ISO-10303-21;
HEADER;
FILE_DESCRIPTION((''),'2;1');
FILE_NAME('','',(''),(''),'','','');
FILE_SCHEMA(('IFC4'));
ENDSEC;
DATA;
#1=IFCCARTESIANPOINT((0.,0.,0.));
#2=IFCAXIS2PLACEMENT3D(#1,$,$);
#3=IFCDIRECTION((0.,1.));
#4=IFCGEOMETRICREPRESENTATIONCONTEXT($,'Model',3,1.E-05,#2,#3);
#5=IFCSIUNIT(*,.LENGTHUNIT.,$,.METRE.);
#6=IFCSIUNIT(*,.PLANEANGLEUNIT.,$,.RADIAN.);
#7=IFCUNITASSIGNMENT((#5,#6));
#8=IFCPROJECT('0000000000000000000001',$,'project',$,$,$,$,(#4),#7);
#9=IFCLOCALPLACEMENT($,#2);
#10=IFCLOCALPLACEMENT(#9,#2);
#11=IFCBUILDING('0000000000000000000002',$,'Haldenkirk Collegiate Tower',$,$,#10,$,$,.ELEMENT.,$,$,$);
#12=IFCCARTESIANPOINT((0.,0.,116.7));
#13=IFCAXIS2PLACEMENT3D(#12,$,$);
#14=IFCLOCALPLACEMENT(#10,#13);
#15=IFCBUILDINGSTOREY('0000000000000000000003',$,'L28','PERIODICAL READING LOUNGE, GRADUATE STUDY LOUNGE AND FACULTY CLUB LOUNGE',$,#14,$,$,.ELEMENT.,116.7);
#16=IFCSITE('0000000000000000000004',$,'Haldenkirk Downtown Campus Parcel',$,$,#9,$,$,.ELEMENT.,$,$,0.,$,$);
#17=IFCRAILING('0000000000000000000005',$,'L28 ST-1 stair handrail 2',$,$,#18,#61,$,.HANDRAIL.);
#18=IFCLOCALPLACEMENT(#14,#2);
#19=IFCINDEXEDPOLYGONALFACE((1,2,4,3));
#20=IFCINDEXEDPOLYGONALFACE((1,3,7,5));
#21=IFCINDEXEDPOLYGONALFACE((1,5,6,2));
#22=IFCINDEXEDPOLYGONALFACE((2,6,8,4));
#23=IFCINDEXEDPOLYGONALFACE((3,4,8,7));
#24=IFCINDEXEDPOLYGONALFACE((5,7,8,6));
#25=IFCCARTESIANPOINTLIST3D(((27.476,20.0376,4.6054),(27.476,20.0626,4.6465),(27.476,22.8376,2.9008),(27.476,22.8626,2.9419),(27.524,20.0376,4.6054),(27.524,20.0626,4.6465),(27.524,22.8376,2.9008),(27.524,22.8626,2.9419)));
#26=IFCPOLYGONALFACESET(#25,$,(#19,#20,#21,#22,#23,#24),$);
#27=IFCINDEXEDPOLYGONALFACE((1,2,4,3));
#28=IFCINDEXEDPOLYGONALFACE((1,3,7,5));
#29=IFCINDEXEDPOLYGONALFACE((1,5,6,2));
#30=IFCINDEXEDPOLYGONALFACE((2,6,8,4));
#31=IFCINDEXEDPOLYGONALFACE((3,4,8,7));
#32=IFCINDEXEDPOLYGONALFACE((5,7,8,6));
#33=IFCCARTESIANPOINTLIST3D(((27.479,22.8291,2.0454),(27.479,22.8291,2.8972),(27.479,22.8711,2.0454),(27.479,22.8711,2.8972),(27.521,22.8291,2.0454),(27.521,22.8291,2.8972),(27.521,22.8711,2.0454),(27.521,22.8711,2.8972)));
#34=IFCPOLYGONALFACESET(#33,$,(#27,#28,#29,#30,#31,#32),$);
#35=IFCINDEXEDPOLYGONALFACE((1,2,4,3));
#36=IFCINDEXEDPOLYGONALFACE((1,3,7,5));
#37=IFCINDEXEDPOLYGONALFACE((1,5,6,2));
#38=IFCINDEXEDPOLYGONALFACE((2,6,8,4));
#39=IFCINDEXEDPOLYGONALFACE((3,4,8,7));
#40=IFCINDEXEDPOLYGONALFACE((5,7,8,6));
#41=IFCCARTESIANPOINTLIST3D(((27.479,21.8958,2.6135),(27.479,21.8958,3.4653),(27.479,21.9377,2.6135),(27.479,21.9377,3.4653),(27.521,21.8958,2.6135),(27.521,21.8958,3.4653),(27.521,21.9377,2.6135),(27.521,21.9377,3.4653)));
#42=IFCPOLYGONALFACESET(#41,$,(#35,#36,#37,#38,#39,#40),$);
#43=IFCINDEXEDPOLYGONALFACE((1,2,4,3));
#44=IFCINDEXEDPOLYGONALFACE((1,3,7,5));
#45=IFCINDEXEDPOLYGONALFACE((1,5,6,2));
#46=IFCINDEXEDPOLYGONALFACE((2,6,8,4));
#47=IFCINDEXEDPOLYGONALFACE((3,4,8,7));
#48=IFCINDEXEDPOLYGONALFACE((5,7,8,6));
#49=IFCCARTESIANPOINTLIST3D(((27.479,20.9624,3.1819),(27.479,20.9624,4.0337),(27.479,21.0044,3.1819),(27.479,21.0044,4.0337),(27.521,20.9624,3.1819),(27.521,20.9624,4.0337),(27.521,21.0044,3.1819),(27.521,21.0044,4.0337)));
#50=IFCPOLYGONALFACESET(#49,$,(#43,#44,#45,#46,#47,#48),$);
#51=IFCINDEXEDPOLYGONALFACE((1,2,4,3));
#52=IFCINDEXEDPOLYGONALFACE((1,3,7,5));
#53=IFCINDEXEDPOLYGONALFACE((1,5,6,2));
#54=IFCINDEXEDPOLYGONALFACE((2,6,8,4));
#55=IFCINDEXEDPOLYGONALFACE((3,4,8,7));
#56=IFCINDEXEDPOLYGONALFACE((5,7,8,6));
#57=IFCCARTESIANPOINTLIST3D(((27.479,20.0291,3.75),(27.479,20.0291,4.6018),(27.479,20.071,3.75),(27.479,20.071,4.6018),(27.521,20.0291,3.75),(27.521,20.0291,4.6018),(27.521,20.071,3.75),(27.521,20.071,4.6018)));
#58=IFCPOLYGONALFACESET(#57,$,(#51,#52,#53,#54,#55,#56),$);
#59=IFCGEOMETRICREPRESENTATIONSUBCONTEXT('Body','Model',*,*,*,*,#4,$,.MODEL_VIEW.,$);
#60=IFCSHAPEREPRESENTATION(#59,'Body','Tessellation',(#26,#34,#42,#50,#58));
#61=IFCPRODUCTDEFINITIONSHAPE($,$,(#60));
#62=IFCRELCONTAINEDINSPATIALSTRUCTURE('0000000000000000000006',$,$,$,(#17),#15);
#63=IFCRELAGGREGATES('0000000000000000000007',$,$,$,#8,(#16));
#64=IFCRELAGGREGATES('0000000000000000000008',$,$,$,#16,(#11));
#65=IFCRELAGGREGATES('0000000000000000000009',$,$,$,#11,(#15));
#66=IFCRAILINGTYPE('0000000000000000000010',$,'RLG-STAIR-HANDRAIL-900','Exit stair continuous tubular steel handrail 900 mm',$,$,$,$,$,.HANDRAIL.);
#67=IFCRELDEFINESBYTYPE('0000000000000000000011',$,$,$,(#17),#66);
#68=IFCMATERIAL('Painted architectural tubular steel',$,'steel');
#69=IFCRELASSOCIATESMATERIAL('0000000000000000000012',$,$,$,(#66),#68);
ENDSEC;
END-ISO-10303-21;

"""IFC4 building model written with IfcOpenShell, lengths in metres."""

from ifc_helpers import new_model, si_unit, direction, frame, origin, origin_2d, place, context, subcontext, project, spatial, rectangle, extrude, material, type_object, element, save


model = new_model("IFC4")

# Units and contexts
model_context = context("Model", 3, precision=1e-05, world=origin(), true_north=direction((0.0, 1.0)))
body_context = subcontext(model_context, "Body", "Model", "MODEL_VIEW")
ifc_project = project(units=[si_unit("LENGTHUNIT", "METRE"), si_unit("PLANEANGLEUNIT", "RADIAN")], contexts=[model_context])

# Site, building, storey
site_placement = place(None, origin())
site = spatial("IfcSite", under=ifc_project, at=site_placement, Name="Haldenkirk Downtown Campus Parcel", CompositionType="ELEMENT", RefElevation=0.0)
building_placement = place(site_placement, origin())
building = spatial("IfcBuilding", under=site, at=building_placement, Name="Haldenkirk Collegiate Tower", CompositionType="ELEMENT")
storey_placement = place(building_placement, frame((0.0, 0.0, 116.7)))
storey = spatial("IfcBuildingStorey", under=building, at=storey_placement, Name="L28", Description="PERIODICAL READING LOUNGE, GRADUATE STUDY LOUNGE AND FACULTY CLUB LOUNGE", CompositionType="ELEMENT", Elevation=116.7)

# Railing
ifc_material_1 = material(Name="Painted architectural tubular steel", Category="steel")
railing_type_1 = type_object("IfcRailingType", Name="RLG-STAIR-HANDRAIL-900", Description="Exit stair continuous tubular steel handrail 900 mm", PredefinedType="HANDRAIL", material=ifc_material_1)
railing_1_placement = place(storey_placement, frame((27.5, 22.8501, 2.0454)))
element("IfcRailing", 1, at=railing_1_placement, inside=storey, type_object=railing_type_1, Name="L28 ST-1 stair handrail 2", PredefinedType="HANDRAIL", context=body_context, shape_type="SweptSolid", body=[
    extrude(rectangle(XDim=0.0481, YDim=0.0481, at=origin_2d()), frame((0.0, 0.0, 0.876), z_axis=(0.0, -0.85417, 0.519994), x_axis=(1.0, 0.0, 0.0)), (0.0, 0.0, 1.0), 3.2781),
    extrude(rectangle(XDim=0.042, YDim=0.042, at=origin_2d()), origin(), (0.0, 0.0, 1.0), 0.8518),
    extrude(rectangle(XDim=0.042, YDim=0.042, at=origin_2d()), frame((0.0, -0.9333, 0.5681)), (0.0, 0.0, 1.0), 0.8518),
    extrude(rectangle(XDim=0.042, YDim=0.042, at=origin_2d()), frame((0.0, -1.8667, 1.1365)), (0.0, 0.0, 1.0), 0.8518),
    extrude(rectangle(XDim=0.042, YDim=0.042, at=origin_2d()), frame((0.0, -2.8, 1.7046)), (0.0, 0.0, 1.0), 0.8518),
])

save(model, "model.ifc")
